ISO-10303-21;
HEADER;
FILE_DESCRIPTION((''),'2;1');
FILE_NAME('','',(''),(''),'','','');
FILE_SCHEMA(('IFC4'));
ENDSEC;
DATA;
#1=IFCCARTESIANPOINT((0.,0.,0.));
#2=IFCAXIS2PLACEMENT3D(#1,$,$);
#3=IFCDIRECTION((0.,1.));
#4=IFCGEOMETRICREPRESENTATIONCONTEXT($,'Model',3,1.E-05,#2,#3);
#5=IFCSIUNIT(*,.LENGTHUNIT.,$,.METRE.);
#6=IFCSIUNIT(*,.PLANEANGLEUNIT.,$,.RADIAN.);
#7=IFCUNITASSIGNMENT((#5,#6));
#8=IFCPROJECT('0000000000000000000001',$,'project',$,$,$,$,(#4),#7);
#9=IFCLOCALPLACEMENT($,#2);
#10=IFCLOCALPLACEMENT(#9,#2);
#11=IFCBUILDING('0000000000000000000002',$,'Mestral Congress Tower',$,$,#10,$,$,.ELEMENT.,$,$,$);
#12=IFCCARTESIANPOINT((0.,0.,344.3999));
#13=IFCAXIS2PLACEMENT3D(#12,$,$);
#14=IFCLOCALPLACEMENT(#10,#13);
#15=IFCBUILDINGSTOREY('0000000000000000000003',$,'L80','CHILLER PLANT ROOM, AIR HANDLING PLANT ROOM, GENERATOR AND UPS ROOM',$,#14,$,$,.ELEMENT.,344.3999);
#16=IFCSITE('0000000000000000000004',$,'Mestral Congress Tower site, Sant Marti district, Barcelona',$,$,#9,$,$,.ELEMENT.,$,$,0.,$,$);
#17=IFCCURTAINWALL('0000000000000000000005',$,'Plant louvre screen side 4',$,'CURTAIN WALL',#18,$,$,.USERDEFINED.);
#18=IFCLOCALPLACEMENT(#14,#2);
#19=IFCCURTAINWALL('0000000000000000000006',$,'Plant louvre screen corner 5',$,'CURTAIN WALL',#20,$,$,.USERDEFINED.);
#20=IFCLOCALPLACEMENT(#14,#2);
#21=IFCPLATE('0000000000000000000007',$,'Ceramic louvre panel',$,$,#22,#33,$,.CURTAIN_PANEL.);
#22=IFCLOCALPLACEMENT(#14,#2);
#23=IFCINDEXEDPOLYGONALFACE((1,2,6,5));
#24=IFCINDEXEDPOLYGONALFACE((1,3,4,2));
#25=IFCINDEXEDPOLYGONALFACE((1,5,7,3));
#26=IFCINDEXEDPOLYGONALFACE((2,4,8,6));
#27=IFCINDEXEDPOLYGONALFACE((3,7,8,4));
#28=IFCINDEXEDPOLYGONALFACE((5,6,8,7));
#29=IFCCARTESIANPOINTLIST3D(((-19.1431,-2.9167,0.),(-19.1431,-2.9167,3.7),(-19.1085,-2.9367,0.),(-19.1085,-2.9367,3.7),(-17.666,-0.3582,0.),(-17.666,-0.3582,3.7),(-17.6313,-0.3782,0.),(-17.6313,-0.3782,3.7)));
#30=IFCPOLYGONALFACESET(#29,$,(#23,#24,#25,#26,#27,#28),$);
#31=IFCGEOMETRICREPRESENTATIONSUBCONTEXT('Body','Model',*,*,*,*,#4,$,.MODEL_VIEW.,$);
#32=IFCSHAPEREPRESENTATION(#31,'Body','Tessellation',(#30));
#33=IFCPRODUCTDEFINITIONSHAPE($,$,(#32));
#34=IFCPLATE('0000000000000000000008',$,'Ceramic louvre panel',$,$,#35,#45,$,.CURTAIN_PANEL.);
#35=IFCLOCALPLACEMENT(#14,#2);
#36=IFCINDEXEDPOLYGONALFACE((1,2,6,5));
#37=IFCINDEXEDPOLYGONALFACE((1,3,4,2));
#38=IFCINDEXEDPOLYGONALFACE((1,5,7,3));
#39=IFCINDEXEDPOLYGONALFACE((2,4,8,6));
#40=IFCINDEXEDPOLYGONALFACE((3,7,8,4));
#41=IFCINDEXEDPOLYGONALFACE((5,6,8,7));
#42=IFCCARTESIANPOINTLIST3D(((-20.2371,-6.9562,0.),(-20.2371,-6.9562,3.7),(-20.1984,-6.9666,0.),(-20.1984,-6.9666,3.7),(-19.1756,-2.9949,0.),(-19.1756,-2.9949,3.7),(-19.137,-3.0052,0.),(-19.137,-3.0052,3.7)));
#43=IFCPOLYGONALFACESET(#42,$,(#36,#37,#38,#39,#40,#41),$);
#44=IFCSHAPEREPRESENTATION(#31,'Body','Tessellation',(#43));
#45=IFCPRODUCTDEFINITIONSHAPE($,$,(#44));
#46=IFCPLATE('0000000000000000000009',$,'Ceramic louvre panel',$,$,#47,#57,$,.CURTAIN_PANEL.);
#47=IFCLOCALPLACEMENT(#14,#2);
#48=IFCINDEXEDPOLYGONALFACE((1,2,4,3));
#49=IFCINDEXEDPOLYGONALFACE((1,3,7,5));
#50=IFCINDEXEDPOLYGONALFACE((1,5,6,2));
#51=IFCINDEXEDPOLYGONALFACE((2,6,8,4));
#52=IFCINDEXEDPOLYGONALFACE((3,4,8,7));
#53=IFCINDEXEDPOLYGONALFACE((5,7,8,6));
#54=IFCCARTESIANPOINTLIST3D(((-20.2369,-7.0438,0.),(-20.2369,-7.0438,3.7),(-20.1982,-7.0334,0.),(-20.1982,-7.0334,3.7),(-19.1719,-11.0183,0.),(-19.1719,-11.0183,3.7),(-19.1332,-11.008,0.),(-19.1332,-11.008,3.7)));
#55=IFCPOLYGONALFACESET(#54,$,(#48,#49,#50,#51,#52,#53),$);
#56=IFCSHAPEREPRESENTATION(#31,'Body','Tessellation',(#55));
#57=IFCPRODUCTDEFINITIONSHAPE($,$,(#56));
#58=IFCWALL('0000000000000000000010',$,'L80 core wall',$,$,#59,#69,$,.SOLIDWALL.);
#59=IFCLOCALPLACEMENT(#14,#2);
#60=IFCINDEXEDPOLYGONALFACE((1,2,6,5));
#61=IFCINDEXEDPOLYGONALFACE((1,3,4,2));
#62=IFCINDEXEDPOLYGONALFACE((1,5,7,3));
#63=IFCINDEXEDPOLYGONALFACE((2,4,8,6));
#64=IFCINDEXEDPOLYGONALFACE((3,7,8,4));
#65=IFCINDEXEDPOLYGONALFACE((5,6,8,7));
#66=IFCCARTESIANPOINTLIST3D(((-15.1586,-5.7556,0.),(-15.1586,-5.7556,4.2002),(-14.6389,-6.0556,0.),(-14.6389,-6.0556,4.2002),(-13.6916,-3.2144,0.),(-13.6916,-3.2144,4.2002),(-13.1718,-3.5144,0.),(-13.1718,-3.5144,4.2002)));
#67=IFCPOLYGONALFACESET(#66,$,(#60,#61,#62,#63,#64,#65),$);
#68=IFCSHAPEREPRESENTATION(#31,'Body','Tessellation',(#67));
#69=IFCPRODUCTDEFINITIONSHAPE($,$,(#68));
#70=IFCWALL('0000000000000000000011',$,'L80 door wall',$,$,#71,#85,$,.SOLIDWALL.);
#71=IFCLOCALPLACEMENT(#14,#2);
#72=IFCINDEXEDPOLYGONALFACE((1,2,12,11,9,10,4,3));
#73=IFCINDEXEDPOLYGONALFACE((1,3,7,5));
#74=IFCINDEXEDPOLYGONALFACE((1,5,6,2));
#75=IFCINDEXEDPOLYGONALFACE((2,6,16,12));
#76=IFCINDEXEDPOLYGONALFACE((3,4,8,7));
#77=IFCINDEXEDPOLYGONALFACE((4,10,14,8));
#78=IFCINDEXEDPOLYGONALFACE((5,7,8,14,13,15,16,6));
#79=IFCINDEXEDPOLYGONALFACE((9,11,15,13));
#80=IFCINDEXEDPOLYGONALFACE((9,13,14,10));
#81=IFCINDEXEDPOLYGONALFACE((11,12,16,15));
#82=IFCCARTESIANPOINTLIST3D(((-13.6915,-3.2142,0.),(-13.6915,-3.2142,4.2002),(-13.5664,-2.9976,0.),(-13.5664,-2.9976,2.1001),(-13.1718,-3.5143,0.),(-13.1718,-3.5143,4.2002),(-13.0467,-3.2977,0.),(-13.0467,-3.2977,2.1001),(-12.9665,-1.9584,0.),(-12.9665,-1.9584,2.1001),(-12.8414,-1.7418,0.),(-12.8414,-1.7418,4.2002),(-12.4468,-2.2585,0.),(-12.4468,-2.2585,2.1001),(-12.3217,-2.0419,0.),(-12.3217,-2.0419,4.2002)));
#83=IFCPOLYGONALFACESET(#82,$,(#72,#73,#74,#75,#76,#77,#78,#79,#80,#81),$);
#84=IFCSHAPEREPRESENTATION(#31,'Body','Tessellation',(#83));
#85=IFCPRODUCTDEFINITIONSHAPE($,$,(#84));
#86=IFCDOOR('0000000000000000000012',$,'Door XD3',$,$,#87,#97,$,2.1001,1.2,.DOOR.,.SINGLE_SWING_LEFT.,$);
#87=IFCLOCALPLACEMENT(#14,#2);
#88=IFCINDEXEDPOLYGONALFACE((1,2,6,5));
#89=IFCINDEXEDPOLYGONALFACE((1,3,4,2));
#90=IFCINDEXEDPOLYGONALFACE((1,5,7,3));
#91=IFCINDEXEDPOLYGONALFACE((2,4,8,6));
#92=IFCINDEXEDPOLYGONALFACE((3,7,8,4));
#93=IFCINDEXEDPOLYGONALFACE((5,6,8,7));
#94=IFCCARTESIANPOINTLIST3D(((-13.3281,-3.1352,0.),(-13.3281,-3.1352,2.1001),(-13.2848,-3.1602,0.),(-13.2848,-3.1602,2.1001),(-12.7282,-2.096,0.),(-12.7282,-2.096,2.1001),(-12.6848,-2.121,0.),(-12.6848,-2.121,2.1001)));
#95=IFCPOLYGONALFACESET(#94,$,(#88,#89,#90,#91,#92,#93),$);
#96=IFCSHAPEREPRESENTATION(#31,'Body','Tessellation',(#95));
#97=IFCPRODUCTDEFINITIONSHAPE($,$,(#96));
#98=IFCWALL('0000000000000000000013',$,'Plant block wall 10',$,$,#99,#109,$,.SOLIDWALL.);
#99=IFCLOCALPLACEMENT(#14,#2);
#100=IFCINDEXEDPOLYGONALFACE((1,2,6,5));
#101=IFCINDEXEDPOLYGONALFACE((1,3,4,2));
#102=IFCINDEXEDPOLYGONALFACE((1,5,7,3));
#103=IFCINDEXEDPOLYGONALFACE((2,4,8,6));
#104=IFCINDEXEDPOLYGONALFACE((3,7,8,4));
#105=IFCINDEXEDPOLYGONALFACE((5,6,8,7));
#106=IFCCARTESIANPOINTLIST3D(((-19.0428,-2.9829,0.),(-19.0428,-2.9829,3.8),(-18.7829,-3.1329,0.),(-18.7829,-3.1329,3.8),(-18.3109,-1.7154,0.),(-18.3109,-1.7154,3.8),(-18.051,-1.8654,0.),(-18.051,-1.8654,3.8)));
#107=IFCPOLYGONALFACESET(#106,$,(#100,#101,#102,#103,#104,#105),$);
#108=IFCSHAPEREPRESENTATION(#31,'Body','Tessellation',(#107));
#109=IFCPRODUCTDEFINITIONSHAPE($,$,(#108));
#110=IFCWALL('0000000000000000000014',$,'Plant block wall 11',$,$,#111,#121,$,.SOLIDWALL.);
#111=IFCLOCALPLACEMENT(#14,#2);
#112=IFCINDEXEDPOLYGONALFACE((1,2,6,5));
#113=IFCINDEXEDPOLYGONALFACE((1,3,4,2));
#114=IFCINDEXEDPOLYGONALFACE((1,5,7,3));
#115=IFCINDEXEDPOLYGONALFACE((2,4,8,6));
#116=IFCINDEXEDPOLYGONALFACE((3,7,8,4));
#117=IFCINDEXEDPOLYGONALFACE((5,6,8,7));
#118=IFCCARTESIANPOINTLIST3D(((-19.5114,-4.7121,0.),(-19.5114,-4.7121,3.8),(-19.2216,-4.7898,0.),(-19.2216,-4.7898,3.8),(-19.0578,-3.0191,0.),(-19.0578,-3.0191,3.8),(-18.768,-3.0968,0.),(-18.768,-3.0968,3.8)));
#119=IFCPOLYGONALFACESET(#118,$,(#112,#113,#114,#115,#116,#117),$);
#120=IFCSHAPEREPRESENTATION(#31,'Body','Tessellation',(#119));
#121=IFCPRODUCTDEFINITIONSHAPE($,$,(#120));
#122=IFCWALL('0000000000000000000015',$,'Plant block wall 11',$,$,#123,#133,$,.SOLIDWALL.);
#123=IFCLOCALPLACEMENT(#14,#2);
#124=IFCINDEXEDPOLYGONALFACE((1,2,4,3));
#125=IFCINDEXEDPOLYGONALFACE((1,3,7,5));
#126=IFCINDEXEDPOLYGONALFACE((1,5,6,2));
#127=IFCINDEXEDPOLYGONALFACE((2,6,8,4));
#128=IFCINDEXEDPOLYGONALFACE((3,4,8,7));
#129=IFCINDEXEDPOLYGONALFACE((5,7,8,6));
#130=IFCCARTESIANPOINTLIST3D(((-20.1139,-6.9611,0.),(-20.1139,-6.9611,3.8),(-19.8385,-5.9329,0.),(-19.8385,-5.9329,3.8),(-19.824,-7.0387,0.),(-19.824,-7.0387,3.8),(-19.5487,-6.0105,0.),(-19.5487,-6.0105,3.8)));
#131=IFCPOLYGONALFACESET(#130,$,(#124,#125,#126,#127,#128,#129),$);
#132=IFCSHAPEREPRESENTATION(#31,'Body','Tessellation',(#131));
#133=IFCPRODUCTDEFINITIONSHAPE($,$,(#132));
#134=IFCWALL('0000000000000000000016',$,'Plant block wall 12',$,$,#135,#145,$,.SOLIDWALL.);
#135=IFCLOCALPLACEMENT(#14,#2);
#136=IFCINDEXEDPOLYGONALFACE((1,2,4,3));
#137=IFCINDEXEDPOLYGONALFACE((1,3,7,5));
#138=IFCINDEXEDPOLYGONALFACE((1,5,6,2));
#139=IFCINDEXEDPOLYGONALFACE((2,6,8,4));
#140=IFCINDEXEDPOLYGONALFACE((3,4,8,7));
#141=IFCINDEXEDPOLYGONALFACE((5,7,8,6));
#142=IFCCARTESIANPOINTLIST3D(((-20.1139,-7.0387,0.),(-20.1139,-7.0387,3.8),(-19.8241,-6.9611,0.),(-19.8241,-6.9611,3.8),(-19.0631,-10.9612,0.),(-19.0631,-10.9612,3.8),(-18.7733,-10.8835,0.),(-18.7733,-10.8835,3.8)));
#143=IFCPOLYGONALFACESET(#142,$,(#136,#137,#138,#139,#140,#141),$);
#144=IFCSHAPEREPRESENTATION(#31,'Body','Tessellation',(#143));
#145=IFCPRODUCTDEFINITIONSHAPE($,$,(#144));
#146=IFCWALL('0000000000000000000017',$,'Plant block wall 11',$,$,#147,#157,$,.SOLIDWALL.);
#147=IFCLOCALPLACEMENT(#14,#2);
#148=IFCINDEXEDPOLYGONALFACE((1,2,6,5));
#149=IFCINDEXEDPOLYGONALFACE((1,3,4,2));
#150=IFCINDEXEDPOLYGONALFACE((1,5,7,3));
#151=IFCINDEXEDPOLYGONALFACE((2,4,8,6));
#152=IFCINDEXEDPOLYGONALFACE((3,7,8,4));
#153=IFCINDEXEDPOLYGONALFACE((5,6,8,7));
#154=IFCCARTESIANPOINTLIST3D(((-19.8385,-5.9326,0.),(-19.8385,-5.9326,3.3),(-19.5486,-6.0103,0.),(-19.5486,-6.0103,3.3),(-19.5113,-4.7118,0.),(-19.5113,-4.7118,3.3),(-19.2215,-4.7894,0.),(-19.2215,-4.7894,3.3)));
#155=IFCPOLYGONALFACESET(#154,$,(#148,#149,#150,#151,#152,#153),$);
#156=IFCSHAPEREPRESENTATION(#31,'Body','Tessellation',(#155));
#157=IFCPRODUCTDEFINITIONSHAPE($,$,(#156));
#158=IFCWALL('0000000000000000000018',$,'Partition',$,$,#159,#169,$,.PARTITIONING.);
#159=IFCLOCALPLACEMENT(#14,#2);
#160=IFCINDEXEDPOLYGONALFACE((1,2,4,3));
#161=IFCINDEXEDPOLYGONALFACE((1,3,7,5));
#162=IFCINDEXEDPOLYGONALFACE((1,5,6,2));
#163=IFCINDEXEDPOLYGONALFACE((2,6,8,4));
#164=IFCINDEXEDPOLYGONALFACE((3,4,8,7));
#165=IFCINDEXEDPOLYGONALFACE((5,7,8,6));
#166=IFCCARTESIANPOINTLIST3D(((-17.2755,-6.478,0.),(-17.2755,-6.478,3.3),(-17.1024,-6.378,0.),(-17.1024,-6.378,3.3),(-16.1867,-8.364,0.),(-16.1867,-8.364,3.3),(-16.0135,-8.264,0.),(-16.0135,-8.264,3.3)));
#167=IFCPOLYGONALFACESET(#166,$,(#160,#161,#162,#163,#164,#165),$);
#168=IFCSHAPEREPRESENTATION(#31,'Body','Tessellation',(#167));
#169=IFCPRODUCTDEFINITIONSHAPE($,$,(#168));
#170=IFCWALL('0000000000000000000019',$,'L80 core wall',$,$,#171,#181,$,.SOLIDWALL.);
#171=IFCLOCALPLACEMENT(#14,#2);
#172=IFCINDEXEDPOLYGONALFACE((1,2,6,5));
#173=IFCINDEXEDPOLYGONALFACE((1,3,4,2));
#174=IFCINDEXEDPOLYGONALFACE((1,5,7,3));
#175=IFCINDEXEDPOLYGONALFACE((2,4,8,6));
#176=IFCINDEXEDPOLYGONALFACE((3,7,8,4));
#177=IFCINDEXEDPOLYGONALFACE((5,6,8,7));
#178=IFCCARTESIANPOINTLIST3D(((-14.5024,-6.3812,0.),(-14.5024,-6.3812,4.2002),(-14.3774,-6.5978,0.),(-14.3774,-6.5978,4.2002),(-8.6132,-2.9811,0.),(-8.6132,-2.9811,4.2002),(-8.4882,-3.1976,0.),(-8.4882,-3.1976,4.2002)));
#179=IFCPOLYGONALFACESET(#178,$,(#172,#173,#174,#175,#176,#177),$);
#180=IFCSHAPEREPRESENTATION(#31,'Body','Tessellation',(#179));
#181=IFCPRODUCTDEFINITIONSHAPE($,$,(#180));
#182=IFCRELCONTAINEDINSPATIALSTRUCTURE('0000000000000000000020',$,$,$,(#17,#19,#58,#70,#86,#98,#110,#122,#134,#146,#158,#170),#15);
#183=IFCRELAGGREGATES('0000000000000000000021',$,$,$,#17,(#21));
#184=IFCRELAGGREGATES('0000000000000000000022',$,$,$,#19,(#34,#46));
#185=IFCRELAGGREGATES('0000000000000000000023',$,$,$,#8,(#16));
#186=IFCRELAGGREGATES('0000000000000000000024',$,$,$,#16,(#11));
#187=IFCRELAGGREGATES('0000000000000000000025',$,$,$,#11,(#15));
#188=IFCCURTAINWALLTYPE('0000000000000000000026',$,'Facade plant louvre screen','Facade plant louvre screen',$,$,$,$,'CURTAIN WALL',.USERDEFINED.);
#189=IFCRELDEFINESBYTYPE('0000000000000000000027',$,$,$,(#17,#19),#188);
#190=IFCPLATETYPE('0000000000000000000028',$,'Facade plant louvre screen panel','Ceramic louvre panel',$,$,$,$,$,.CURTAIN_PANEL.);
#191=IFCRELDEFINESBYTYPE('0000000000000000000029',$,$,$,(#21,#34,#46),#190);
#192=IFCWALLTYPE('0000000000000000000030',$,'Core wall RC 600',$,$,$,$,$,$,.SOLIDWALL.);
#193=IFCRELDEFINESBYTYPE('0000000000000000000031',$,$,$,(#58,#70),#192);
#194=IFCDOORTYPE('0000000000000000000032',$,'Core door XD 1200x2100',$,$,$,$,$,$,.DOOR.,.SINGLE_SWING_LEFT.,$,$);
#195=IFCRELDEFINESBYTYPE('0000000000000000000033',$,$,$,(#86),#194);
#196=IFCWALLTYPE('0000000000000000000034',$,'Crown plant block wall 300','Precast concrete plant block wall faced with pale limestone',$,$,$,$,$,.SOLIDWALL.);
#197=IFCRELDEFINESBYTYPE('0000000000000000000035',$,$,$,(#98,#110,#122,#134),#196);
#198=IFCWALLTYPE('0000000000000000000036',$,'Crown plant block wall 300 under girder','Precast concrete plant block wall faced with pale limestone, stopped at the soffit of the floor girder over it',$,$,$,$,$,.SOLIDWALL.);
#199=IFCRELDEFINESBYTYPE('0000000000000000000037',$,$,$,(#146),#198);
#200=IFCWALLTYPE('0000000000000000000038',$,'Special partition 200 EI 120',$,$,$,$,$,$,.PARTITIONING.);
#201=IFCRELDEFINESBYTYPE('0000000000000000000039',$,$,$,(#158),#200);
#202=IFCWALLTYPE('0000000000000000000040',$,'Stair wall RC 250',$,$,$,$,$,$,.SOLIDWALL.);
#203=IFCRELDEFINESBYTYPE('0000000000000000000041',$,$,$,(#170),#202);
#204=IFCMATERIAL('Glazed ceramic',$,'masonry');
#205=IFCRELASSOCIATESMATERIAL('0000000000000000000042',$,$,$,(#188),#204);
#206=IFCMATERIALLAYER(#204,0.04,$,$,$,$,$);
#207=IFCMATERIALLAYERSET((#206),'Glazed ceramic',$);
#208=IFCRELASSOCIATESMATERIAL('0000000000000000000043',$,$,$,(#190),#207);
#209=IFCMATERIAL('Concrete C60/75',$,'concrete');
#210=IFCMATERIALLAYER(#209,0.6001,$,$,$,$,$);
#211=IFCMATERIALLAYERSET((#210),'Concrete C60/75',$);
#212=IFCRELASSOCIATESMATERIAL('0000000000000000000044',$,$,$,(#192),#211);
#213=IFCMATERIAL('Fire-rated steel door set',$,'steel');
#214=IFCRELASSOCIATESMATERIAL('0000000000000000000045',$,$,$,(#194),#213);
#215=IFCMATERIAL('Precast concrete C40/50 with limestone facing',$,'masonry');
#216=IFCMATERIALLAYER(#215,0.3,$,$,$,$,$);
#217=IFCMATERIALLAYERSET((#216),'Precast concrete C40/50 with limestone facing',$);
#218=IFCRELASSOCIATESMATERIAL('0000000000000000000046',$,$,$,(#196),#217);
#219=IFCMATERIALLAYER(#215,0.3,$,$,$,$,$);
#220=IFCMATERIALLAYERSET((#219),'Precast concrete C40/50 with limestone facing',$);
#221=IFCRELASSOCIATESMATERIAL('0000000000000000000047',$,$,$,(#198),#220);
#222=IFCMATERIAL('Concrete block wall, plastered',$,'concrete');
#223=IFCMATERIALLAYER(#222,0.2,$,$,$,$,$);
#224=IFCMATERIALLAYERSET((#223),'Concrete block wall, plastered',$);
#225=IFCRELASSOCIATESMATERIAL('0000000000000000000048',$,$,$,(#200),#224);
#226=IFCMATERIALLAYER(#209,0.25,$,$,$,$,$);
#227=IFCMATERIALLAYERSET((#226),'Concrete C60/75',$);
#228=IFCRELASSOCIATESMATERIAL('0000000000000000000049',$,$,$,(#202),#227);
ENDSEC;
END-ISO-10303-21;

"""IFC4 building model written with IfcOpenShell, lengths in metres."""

from ifc_helpers import new_model, si_unit, direction, frame, frame_2d, origin, origin_2d, place, context, subcontext, project, spatial, rectangle, extrude, material, layer, layer_set, type_object, element, fill, aggregate, save


model = new_model("IFC4")

# Units and contexts
model_context = context("Model", 3, precision=1e-05, world=origin(), true_north=direction((0.0, 1.0)))
body_context = subcontext(model_context, "Body", "Model", "MODEL_VIEW")
ifc_project = project(units=[si_unit("LENGTHUNIT", "METRE"), si_unit("PLANEANGLEUNIT", "RADIAN")], contexts=[model_context])

# Site, building, storey
site_placement = place(None, origin())
site = spatial("IfcSite", under=ifc_project, at=site_placement, Name="Mestral Congress Tower site, Sant Marti district, Barcelona", CompositionType="ELEMENT", RefElevation=0.0)
building_placement = place(site_placement, origin())
building = spatial("IfcBuilding", under=site, at=building_placement, Name="Mestral Congress Tower", CompositionType="ELEMENT")
storey_placement = place(building_placement, frame((0.0, 0.0, 344.3999)))
storey = spatial("IfcBuildingStorey", under=building, at=storey_placement, Name="L80", Description="CHILLER PLANT ROOM, AIR HANDLING PLANT ROOM, GENERATOR AND UPS ROOM", CompositionType="ELEMENT", Elevation=344.3999)

# Curtain wall
ifc_material_1 = material(Name="Glazed ceramic", Category="masonry")
curtain_wall_type = type_object("IfcCurtainWallType", Name="Facade plant louvre screen", Description="Facade plant louvre screen", ElementType="CURTAIN WALL", PredefinedType="USERDEFINED", material=ifc_material_1)
placement = place(storey_placement, origin())
curtain_wall_1 = element("IfcCurtainWall", 1, at=placement, inside=storey, type_object=curtain_wall_type, Name="Plant louvre screen side 4", ObjectType="CURTAIN WALL", PredefinedType="USERDEFINED")

# Curtain wall
curtain_wall_2 = element("IfcCurtainWall", 2, at=placement, inside=storey, type_object=curtain_wall_type, Name="Plant louvre screen corner 5", ObjectType="CURTAIN WALL", PredefinedType="USERDEFINED")

# Plates
ifc_layer_1 = layer(ifc_material_1, 0.04)
ifc_layer_set_1 = layer_set([ifc_layer_1], Name="Glazed ceramic")
plate_type = type_object("IfcPlateType", Name="Facade plant louvre screen panel", Description="Ceramic louvre panel", PredefinedType="CURTAIN_PANEL", material=ifc_layer_set_1)
plate_1_placement = place(storey_placement, frame((-18.3872, -1.6475, 0.0), z_axis=(0.0, 0.0, 1.0), x_axis=(-0.500002, -0.866025, 0.0)))
plate_1 = element("IfcPlate", 3, at=plate_1_placement, type_object=plate_type, Name="Ceramic louvre panel", PredefinedType="CURTAIN_PANEL", context=body_context, shape_type="SweptSolid", body=[
    extrude(rectangle(XDim=2.9543, YDim=0.04, at=origin_2d()), origin(), (0.0, 0.0, 1.0), 3.7),
])
aggregate(curtain_wall_1, [plate_1])
plate_2_placement = place(storey_placement, frame((-19.687, -4.9807, 0.0), z_axis=(0.0, 0.0, 1.0), x_axis=(-0.258819, -0.965926, 0.0)))
plate_2 = element("IfcPlate", 4, at=plate_2_placement, type_object=plate_type, Name="Ceramic louvre panel", PredefinedType="CURTAIN_PANEL", context=body_context, shape_type="SweptSolid", body=[
    extrude(rectangle(XDim=4.1011, YDim=0.04, at=origin_2d()), origin(), (0.0, 0.0, 1.0), 3.7),
])
plate_3_placement = place(storey_placement, frame((-19.6851, -9.0259, 0.0), z_axis=(0.0, 0.0, 1.0), x_axis=(0.258819, -0.965926, 0.0)))
plate_3 = element("IfcPlate", 5, at=plate_3_placement, type_object=plate_type, Name="Ceramic louvre panel", PredefinedType="CURTAIN_PANEL", context=body_context, shape_type="SweptSolid", body=[
    extrude(rectangle(XDim=4.1147, YDim=0.04, at=origin_2d()), origin(), (0.0, 0.0, 1.0), 3.7),
])
aggregate(curtain_wall_2, [plate_2, plate_3])

# Wall
ifc_material_2 = material(Name="Concrete C60/75", Category="concrete")
ifc_layer_2 = layer(ifc_material_2, 0.6001)
ifc_layer_set_2 = layer_set([ifc_layer_2], Name="Concrete C60/75")
wall_type_1 = type_object("IfcWallType", Name="Core wall RC 600", PredefinedType="SOLIDWALL", material=ifc_layer_set_2)
wall_1_placement = place(storey_placement, frame((-13.4316, -3.3643, 0.0), z_axis=(0.0, 0.0, 1.0), x_axis=(-0.49996, -0.866048, 0.0)))
element("IfcWall", 6, at=wall_1_placement, inside=storey, type_object=wall_type_1, Name="L80 core wall", PredefinedType="SOLIDWALL", context=body_context, shape_type="SweptSolid", body=[
    extrude(rectangle(XDim=2.9343, YDim=0.6001, at=frame_2d((1.4673, 0.0))), origin(), (0.0, 0.0, 1.0), 4.2002),
])

# Wall, opening, door
wall_2_placement = place(storey_placement, frame((-13.4316, -3.3643, 0.0), z_axis=(0.0, 0.0, 1.0), x_axis=(0.5, 0.866025, 0.0)))
wall_2 = element("IfcWall", 7, at=wall_2_placement, inside=storey, type_object=wall_type_1, Name="L80 door wall", PredefinedType="SOLIDWALL", context=body_context, shape_type="SweptSolid", body=[
    extrude(rectangle(XDim=1.7002, YDim=0.6001, at=frame_2d((0.8501, 0.0))), origin(), (0.0, 0.0, 1.0), 4.2002),
])
opening_placement = place(wall_2_placement, frame((0.25, 0.0, 0.0)))
opening = element("IfcOpeningElement", 8, at=opening_placement, cuts=wall_2, PredefinedType="OPENING", context=body_context, shape_type="SweptSolid", body=[
    extrude(rectangle(XDim=1.2, YDim=2.1001, at=frame_2d((0.6001, 1.05))), frame((0.0, 0.3101, 0.0), z_axis=(0.0, -1.0, 0.0), x_axis=(1.0, 0.0, 0.0)), (0.0, 0.0, 1.0), 0.6201),
])
ifc_material_3 = material(Name="Fire-rated steel door set", Category="steel")
door_type = type_object("IfcDoorType", Name="Core door XD 1200x2100", OperationType="SINGLE_SWING_LEFT", PredefinedType="DOOR", material=ifc_material_3)
door_placement = place(opening_placement, origin())
door = element("IfcDoor", 9, at=door_placement, inside=storey, type_object=door_type, Name="Door XD3", OperationType="SINGLE_SWING_LEFT", OverallHeight=2.1001, OverallWidth=1.2, PredefinedType="DOOR", context=body_context, shape_type="SweptSolid", body=[
    extrude(rectangle(XDim=1.2, YDim=2.1001, at=frame_2d((0.6001, 1.05))), frame((0.0, 0.0249, 0.0), z_axis=(0.0, -1.0, 0.0), x_axis=(1.0, 0.0, 0.0)), (0.0, 0.0, 1.0), 0.05),
])
fill(opening, door)

# Walls
ifc_material_4 = material(Name="Precast concrete C40/50 with limestone facing", Category="masonry")
ifc_layer_3 = layer(ifc_material_4, 0.3)
ifc_layer_set_3 = layer_set([ifc_layer_3], Name="Precast concrete C40/50 with limestone facing")
wall_type_2 = type_object("IfcWallType", Name="Crown plant block wall 300", Description="Precast concrete plant block wall faced with pale limestone", PredefinedType="SOLIDWALL", material=ifc_layer_set_3)
wall_3_placement = place(storey_placement, frame((-18.1809, -1.7903, 0.0), z_axis=(0.0, 0.0, 1.0), x_axis=(-0.50005, -0.865997, 0.0)))
element("IfcWall", 10, at=wall_3_placement, inside=storey, type_object=wall_type_2, Name="Plant block wall 10", PredefinedType="SOLIDWALL", context=body_context, shape_type="SweptSolid", body=[
    extrude(rectangle(XDim=1.4636, YDim=0.3, at=frame_2d((0.7319, 0.0))), origin(), (0.0, 0.0, 1.0), 3.8),
])
wall_4_placement = place(storey_placement, frame((-18.9128, -3.0579, 0.0), z_axis=(0.0, 0.0, 1.0), x_axis=(-0.258824, -0.965924, 0.0)))
element("IfcWall", 11, at=wall_4_placement, inside=storey, type_object=wall_type_2, Name="Plant block wall 11", PredefinedType="SOLIDWALL", context=body_context, shape_type="SweptSolid", body=[
    extrude(rectangle(XDim=1.7527, YDim=0.3, at=frame_2d((0.8765, 0.0))), origin(), (0.0, 0.0, 1.0), 3.8),
])
wall_5_placement = place(storey_placement, frame((-19.6936, -5.9717, 0.0), z_axis=(0.0, 0.0, 1.0), x_axis=(-0.25869, -0.96596, 0.0)))
element("IfcWall", 12, at=wall_5_placement, inside=storey, type_object=wall_type_2, Name="Plant block wall 11", PredefinedType="SOLIDWALL", context=body_context, shape_type="SweptSolid", body=[
    extrude(rectangle(XDim=1.0645, YDim=0.3, at=frame_2d((0.5322, 0.0))), origin(), (0.0, 0.0, 1.0), 3.8),
])
wall_6_placement = place(storey_placement, frame((-19.969, -7.0, 0.0), z_axis=(0.0, 0.0, 1.0), x_axis=(0.25877, -0.965939, 0.0)))
element("IfcWall", 13, at=wall_6_placement, inside=storey, type_object=wall_type_2, Name="Plant block wall 12", PredefinedType="SOLIDWALL", context=body_context, shape_type="SweptSolid", body=[
    extrude(rectangle(XDim=4.0608, YDim=0.3, at=frame_2d((2.0303, 0.0))), origin(), (0.0, 0.0, 1.0), 3.8),
])
ifc_layer_4 = layer(ifc_material_4, 0.3)
ifc_layer_set_4 = layer_set([ifc_layer_4], Name="Precast concrete C40/50 with limestone facing")
wall_type_3 = type_object("IfcWallType", Name="Crown plant block wall 300 under girder", Description="Precast concrete plant block wall faced with pale limestone, stopped at the soffit of the floor girder over it", PredefinedType="SOLIDWALL", material=ifc_layer_set_4)
wall_7_placement = place(storey_placement, frame((-19.3665, -4.7507, 0.0), z_axis=(0.0, 0.0, 1.0), x_axis=(-0.258817, -0.965926, 0.0)))
element("IfcWall", 14, at=wall_7_placement, inside=storey, type_object=wall_type_3, Name="Plant block wall 11", PredefinedType="SOLIDWALL", context=body_context, shape_type="SweptSolid", body=[
    extrude(rectangle(XDim=1.2639, YDim=0.3, at=frame_2d((0.6318, 0.0))), origin(), (0.0, 0.0, 1.0), 3.3),
])
ifc_material_5 = material(Name="Concrete block wall, plastered", Category="concrete")
ifc_layer_5 = layer(ifc_material_5, 0.2)
ifc_layer_set_5 = layer_set([ifc_layer_5], Name="Concrete block wall, plastered")
wall_type_4 = type_object("IfcWallType", Name="Special partition 200 EI 120", PredefinedType="PARTITIONING", material=ifc_layer_set_5)
wall_8_placement = place(storey_placement, frame((-16.1001, -8.314, 0.0), z_axis=(0.0, 0.0, 1.0), x_axis=(-0.499997, 0.866027, 0.0)))
element("IfcWall", 15, at=wall_8_placement, inside=storey, type_object=wall_type_4, Name="Partition", PredefinedType="PARTITIONING", context=body_context, shape_type="SweptSolid", body=[
    extrude(rectangle(XDim=2.1777, YDim=0.2, at=frame_2d((1.0889, 0.0))), origin(), (0.0, 0.0, 1.0), 3.3),
])
ifc_layer_6 = layer(ifc_material_2, 0.25)
ifc_layer_set_6 = layer_set([ifc_layer_6], Name="Concrete C60/75")
wall_type_5 = type_object("IfcWallType", Name="Stair wall RC 250", PredefinedType="SOLIDWALL", material=ifc_layer_set_6)
wall_9_placement = place(storey_placement, frame((-14.4399, -6.4895, 0.0), z_axis=(0.0, 0.0, 1.0), x_axis=(0.866023, 0.500004, 0.0)))
element("IfcWall", 16, at=wall_9_placement, inside=storey, type_object=wall_type_5, Name="L80 core wall", PredefinedType="SOLIDWALL", context=body_context, shape_type="SweptSolid", body=[
    extrude(rectangle(XDim=6.8003, YDim=0.25, at=frame_2d((3.4001, 0.0))), origin(), (0.0, 0.0, 1.0), 4.2002),
])

save(model, "model.ifc")
